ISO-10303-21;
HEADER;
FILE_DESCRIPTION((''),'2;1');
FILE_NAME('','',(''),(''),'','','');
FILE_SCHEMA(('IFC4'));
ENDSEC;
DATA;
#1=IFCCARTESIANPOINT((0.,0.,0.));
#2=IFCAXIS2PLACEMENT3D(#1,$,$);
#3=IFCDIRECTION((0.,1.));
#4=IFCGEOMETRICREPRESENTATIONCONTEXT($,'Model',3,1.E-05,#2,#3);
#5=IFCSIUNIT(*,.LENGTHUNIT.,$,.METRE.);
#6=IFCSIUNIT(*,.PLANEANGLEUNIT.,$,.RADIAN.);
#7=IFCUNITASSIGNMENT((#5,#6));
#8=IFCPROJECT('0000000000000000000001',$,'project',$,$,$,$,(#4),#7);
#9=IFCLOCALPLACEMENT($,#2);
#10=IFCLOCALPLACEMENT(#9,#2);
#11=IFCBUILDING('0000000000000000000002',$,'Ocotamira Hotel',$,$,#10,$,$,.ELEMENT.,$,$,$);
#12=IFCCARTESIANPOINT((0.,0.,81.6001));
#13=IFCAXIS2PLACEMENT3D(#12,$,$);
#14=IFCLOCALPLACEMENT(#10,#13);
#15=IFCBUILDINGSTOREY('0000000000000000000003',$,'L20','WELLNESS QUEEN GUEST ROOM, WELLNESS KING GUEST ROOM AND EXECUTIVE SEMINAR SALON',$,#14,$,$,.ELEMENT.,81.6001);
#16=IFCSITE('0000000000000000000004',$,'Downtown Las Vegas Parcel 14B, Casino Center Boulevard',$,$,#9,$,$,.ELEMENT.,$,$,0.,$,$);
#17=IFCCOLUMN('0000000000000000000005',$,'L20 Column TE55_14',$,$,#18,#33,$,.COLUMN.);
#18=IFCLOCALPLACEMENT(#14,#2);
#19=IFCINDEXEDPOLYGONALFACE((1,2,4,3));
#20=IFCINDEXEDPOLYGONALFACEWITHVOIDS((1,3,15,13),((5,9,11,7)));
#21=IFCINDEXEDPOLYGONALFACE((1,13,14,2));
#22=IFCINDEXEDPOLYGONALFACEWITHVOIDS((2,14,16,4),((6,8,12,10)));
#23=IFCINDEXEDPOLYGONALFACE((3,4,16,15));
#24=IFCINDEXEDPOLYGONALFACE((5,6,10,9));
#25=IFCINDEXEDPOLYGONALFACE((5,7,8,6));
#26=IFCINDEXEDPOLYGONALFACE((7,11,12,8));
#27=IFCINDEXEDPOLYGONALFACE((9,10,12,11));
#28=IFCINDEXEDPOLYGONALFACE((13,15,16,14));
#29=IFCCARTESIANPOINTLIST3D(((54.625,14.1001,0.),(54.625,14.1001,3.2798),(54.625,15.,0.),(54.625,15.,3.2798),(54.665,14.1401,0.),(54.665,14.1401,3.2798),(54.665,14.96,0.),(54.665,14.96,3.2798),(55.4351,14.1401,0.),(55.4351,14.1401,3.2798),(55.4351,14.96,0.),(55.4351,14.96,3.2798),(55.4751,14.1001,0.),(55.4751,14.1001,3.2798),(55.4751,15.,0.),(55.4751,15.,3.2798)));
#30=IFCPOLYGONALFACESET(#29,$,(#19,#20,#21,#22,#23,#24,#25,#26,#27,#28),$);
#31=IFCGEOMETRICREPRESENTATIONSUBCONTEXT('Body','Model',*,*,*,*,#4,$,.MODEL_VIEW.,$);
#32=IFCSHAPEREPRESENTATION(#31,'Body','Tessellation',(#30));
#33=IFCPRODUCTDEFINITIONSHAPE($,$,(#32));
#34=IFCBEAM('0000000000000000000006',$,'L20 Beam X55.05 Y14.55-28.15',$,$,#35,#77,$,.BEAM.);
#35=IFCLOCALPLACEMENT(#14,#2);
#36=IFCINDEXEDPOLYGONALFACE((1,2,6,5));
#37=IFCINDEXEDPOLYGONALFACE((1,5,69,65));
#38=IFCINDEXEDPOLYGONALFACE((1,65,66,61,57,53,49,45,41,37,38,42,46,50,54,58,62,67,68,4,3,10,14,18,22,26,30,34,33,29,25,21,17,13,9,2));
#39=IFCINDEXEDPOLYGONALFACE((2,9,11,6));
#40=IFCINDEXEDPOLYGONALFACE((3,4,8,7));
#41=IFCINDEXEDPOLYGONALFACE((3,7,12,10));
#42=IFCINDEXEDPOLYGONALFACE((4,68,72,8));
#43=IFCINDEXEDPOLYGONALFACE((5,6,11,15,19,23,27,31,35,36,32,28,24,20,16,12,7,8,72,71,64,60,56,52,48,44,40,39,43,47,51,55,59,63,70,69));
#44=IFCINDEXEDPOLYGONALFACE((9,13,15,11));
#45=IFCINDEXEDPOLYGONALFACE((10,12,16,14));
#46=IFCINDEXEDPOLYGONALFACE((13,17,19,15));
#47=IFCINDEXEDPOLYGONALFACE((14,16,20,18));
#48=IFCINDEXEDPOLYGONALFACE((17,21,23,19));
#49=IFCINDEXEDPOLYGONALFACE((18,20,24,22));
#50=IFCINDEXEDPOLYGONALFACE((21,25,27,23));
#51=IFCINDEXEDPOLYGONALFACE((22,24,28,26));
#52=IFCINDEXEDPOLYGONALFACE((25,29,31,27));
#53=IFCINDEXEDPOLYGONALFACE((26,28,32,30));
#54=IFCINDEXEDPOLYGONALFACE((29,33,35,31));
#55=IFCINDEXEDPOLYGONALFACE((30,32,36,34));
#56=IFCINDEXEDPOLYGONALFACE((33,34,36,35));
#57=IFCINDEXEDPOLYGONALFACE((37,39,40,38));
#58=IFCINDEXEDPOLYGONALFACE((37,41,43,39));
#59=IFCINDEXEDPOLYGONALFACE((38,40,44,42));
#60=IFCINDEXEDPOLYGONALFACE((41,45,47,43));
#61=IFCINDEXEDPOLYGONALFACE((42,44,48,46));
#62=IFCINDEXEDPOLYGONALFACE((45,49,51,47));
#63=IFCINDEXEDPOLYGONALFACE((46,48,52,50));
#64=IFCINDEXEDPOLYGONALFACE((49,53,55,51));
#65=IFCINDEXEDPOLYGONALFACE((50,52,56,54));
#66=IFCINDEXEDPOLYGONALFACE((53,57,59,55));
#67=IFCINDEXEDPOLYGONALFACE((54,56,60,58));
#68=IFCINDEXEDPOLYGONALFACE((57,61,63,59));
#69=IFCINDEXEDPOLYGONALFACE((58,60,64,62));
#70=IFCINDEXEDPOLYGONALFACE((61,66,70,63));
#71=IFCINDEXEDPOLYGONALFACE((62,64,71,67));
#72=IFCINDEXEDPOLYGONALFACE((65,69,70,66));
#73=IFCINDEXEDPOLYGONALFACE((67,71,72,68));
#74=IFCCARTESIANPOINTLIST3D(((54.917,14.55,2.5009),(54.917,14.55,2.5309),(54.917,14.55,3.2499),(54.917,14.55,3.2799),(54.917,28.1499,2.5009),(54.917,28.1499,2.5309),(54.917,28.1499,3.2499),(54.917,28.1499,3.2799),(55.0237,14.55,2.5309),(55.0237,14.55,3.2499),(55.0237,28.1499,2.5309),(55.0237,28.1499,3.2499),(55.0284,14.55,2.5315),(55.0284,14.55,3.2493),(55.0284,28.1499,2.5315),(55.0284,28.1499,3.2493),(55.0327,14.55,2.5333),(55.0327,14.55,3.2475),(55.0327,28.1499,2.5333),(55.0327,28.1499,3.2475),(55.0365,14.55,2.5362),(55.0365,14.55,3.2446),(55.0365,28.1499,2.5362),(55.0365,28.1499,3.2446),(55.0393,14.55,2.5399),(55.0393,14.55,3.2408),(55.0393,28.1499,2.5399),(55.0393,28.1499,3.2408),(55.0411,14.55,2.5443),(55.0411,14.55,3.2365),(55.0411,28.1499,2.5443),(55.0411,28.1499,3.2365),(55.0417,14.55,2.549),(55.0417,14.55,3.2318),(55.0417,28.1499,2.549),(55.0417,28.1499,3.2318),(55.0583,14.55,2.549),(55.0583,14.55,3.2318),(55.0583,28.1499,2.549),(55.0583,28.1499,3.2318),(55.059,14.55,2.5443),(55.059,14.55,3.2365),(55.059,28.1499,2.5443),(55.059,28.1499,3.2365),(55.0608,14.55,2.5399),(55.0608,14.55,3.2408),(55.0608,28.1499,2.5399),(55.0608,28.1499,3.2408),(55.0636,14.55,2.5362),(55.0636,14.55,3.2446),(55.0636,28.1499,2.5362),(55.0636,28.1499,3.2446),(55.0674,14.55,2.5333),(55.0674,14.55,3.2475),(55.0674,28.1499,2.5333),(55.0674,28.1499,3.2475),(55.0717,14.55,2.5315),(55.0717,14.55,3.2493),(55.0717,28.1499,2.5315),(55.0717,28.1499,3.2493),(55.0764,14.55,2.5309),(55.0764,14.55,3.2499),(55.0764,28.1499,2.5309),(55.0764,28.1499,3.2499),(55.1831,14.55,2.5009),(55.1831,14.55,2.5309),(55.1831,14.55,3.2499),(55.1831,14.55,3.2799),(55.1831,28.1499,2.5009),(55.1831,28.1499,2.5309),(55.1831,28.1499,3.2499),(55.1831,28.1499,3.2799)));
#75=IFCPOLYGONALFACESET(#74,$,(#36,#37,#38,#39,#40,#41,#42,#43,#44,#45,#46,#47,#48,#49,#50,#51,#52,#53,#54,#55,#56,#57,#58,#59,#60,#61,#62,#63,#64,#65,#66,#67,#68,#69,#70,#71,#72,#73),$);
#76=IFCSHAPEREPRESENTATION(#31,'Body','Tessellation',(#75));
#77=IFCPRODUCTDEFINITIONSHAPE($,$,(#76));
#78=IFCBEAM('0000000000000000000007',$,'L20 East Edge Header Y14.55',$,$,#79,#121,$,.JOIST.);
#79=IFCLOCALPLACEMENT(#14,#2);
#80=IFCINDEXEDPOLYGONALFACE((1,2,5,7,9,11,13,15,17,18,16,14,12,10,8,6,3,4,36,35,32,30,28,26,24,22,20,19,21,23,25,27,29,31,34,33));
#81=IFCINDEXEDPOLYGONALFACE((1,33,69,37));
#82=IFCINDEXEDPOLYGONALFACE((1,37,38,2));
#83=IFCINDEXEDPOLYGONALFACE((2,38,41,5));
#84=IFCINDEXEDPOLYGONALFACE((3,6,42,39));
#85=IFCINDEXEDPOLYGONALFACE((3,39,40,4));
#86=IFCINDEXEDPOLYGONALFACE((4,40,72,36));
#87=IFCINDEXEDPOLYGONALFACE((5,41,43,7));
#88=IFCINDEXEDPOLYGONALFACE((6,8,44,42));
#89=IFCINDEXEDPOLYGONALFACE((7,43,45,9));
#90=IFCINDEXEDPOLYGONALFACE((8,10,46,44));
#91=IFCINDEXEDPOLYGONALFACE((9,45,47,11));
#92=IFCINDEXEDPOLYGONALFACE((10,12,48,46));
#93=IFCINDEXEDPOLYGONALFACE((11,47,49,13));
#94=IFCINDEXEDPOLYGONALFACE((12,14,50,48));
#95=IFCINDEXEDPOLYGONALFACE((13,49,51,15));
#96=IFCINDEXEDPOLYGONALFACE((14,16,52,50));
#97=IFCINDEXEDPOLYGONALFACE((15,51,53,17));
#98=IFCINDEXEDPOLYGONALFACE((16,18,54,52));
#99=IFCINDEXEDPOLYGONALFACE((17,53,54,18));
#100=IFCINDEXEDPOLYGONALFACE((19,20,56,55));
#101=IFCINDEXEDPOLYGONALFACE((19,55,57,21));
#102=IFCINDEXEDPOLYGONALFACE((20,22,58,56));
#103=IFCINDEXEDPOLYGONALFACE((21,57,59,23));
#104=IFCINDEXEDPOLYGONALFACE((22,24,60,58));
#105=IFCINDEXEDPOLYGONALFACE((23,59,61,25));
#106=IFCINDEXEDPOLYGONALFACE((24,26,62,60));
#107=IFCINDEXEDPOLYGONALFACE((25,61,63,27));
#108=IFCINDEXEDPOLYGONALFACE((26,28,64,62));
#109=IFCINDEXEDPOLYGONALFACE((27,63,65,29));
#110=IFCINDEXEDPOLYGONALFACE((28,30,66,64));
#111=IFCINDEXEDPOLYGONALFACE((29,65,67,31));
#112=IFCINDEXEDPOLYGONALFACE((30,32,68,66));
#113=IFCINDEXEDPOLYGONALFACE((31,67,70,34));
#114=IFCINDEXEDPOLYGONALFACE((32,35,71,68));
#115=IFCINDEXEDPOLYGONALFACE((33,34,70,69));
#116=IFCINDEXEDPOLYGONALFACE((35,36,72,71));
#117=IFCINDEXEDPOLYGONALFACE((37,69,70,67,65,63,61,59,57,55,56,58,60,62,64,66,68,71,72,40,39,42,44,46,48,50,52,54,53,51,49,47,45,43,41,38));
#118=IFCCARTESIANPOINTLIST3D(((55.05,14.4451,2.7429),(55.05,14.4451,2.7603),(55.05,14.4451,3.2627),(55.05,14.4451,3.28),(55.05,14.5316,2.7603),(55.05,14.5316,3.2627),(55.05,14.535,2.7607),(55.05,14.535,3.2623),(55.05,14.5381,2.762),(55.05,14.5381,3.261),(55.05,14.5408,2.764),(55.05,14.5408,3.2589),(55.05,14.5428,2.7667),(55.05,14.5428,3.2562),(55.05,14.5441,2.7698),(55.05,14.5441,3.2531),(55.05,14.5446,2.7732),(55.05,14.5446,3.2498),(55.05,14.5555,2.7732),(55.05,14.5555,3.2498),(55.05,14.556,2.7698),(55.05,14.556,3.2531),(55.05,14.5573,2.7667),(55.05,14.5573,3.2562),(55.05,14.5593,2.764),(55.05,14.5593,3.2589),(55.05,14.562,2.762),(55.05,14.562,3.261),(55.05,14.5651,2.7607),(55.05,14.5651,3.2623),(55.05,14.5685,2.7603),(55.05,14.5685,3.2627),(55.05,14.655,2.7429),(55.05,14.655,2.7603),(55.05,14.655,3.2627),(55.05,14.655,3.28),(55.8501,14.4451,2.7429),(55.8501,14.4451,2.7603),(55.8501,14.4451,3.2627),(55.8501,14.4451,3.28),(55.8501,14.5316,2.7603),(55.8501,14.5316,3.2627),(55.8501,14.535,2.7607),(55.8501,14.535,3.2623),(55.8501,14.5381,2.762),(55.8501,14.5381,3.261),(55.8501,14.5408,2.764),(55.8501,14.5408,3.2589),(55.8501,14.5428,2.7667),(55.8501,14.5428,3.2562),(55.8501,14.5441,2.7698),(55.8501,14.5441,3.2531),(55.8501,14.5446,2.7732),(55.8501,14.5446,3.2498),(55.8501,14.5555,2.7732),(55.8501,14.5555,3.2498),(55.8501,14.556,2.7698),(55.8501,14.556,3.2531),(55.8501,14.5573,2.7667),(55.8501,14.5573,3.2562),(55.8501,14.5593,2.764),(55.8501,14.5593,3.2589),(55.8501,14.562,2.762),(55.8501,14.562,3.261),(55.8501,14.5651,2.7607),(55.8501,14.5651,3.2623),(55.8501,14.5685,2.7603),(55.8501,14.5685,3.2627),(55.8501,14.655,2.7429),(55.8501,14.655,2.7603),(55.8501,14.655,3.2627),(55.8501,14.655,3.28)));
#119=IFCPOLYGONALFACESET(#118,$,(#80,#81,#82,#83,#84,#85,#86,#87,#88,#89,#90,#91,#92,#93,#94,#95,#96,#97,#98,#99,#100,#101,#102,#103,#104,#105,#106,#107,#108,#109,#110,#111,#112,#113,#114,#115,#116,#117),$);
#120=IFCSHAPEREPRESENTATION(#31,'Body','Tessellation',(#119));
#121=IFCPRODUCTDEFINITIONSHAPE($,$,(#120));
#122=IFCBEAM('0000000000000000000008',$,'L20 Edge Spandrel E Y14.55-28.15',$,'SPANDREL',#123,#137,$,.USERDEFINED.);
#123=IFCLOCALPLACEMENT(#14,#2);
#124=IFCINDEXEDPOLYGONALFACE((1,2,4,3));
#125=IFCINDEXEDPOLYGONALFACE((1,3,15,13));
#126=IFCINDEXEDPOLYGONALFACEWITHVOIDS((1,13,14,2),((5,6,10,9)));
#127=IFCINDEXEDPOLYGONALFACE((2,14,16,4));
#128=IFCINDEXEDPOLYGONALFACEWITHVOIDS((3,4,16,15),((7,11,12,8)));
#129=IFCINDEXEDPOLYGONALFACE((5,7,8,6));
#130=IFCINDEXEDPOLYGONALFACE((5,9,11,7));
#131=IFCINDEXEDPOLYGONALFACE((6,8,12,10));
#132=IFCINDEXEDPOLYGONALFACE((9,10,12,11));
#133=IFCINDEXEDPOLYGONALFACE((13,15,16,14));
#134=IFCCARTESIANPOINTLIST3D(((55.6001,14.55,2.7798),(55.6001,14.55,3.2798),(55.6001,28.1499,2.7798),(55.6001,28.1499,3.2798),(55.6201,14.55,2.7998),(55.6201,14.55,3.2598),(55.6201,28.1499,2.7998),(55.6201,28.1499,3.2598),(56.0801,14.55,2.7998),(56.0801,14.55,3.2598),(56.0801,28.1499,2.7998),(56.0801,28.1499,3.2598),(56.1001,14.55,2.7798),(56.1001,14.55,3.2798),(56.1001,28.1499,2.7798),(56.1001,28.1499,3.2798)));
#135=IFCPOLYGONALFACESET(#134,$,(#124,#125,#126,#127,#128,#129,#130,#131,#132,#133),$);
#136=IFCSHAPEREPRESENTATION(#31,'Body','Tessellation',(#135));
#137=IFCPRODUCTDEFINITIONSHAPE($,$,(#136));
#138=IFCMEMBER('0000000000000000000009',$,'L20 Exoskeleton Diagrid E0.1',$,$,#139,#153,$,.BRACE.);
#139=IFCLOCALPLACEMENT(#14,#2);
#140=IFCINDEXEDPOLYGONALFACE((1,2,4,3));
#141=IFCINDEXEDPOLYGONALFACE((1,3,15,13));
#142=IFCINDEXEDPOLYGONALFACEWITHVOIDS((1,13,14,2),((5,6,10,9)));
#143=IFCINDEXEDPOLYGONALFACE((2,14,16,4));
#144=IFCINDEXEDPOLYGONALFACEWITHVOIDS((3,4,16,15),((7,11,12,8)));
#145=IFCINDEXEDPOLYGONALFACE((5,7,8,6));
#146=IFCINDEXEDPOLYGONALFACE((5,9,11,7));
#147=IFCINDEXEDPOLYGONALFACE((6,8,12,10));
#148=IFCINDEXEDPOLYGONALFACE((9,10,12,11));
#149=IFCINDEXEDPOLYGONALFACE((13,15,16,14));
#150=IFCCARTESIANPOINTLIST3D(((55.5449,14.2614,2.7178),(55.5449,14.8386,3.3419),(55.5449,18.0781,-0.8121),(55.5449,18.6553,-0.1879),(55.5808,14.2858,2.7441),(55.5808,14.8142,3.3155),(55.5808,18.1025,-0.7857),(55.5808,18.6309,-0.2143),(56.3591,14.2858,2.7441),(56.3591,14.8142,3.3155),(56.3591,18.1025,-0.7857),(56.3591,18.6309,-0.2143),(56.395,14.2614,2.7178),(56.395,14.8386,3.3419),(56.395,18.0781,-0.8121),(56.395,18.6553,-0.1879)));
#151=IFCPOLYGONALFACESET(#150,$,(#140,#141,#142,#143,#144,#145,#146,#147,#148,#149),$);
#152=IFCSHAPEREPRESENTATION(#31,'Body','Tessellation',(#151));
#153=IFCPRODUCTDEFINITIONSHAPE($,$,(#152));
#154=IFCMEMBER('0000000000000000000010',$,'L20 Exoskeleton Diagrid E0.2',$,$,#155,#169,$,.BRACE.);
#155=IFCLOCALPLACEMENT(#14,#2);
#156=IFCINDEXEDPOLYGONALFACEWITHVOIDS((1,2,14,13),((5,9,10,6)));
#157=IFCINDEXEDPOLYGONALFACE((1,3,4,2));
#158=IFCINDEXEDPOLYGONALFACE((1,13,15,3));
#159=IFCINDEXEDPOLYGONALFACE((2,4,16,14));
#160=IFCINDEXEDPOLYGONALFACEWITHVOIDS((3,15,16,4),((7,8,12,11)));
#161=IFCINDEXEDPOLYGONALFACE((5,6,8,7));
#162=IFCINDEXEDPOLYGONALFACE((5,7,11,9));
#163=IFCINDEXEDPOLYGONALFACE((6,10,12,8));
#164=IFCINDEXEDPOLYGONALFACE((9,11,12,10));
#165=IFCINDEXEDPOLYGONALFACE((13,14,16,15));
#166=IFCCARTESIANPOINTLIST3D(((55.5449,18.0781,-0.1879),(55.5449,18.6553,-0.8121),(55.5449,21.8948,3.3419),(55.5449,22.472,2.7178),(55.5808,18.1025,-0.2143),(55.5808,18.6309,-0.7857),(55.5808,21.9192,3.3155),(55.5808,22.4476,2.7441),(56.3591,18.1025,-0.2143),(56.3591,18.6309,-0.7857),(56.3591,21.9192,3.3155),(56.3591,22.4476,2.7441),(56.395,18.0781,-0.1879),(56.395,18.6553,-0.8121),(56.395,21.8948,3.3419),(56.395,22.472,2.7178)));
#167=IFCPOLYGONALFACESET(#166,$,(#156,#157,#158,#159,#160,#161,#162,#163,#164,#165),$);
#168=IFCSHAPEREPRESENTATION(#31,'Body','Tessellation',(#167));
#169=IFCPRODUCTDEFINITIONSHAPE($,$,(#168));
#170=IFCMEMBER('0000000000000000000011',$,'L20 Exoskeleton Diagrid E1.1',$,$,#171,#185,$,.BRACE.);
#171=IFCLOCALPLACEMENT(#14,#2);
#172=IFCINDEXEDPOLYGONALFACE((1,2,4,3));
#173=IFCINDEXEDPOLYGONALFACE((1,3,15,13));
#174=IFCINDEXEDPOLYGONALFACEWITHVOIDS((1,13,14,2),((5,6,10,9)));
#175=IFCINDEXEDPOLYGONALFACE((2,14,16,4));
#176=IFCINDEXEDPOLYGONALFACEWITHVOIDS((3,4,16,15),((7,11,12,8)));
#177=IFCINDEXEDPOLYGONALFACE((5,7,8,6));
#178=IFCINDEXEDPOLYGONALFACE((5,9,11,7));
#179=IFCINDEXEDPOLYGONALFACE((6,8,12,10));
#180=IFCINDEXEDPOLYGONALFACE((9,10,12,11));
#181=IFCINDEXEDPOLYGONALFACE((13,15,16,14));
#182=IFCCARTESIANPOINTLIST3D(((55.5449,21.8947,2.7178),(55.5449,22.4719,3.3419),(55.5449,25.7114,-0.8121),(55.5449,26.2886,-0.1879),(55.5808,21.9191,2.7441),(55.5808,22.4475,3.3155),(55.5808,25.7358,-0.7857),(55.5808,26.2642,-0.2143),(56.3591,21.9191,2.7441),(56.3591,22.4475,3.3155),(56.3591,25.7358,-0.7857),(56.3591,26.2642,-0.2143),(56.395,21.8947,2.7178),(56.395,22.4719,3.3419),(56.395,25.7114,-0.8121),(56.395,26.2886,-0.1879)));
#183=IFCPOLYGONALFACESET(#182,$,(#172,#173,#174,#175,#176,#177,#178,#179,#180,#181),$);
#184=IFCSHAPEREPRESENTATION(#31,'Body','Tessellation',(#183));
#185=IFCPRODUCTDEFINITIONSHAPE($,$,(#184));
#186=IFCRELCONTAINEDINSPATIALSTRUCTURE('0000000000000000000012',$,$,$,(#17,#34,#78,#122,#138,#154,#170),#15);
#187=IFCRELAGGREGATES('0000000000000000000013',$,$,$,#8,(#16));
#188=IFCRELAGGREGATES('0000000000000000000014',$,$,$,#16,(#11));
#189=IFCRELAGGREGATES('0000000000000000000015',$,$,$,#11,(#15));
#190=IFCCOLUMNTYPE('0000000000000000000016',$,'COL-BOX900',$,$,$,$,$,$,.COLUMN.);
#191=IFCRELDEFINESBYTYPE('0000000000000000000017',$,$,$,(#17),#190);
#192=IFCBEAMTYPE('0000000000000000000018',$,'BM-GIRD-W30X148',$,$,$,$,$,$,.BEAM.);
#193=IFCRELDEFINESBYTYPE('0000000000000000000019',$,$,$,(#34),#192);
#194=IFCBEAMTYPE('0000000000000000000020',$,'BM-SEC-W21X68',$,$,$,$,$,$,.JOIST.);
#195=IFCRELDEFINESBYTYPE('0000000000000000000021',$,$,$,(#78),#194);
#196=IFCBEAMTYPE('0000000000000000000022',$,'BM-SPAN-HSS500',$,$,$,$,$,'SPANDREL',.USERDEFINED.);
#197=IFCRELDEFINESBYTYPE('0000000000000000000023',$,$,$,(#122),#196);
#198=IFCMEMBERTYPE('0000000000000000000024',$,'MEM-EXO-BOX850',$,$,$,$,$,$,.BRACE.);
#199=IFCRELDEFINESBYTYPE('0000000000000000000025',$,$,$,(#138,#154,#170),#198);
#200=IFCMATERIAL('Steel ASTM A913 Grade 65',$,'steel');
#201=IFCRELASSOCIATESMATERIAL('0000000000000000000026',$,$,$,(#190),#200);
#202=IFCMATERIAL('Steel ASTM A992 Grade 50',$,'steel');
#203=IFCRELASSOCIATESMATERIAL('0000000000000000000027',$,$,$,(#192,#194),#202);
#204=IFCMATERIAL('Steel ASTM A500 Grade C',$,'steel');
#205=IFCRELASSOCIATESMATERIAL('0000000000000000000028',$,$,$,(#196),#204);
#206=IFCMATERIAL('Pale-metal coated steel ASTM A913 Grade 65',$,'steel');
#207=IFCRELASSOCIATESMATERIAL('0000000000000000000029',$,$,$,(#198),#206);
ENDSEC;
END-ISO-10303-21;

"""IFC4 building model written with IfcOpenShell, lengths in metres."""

from ifc_helpers import new_model, si_unit, direction, frame, origin, origin_2d, place, context, subcontext, project, spatial, hollow_rectangle, i_section, extrude, source, transform, mapped, material, material_profile, profile_set, type_object, element, save


model = new_model("IFC4")

# Units and contexts
model_context = context("Model", 3, precision=1e-05, world=origin(), true_north=direction((0.0, 1.0)))
body_context = subcontext(model_context, "Body", "Model", "MODEL_VIEW")
ifc_project = project(units=[si_unit("LENGTHUNIT", "METRE"), si_unit("PLANEANGLEUNIT", "RADIAN")], contexts=[model_context])

# Site, building, storey
site_placement = place(None, origin())
site = spatial("IfcSite", under=ifc_project, at=site_placement, Name="Downtown Las Vegas Parcel 14B, Casino Center Boulevard", CompositionType="ELEMENT", RefElevation=0.0)
building_placement = place(site_placement, origin())
building = spatial("IfcBuilding", under=site, at=building_placement, Name="Ocotamira Hotel", CompositionType="ELEMENT")
storey_placement = place(building_placement, frame((0.0, 0.0, 81.6001)))
storey = spatial("IfcBuildingStorey", under=building, at=storey_placement, Name="L20", Description="WELLNESS QUEEN GUEST ROOM, WELLNESS KING GUEST ROOM AND EXECUTIVE SEMINAR SALON", CompositionType="ELEMENT", Elevation=81.6001)

# Column
ifc_material_1 = material(Name="Steel ASTM A913 Grade 65", Category="steel")
ifc_material_profile_1 = material_profile(ifc_material_1, hollow_rectangle(XDim=0.8501, YDim=0.8999, WallThickness=0.04, at=origin_2d()), Name="BOX900X850X40")
ifc_profile_set_1 = profile_set([ifc_material_profile_1], Name="Steel ASTM A913 Grade 65")
column_type = type_object("IfcColumnType", Name="COL-BOX900", PredefinedType="COLUMN", material=ifc_profile_set_1)
shared_shape_1 = source(origin(), body_context, "Body", "SweptSolid", [
    extrude(hollow_rectangle(XDim=0.8501, YDim=0.8999, WallThickness=0.04, at=origin_2d()), origin(), (0.0, 0.0, 1.0), 3.2798),
])
column_placement = place(storey_placement, frame((55.05, 14.55, 0.0), z_axis=(0.0, 0.0, 1.0), x_axis=(1.0, 0.0, 0.0)))
element("IfcColumn", 1, at=column_placement, inside=storey, type_object=column_type, Name="L20 Column TE55_14", PredefinedType="COLUMN", context=body_context, shape_type="MappedRepresentation", body=[
    mapped(shared_shape_1, transform((0.0, 0.0, 0.0), scale=1.0)),
])

# Beams
ifc_material_2 = material(Name="Steel ASTM A992 Grade 50", Category="steel")
ifc_material_profile_2 = material_profile(ifc_material_2, i_section(OverallWidth=0.2661, OverallDepth=0.7791, WebThickness=0.0166, FlangeThickness=0.03, FilletRadius=0.0181, at=origin_2d()), Name="W30X148")
ifc_profile_set_2 = profile_set([ifc_material_profile_2], Name="Steel ASTM A992 Grade 50")
beam_type_1 = type_object("IfcBeamType", Name="BM-GIRD-W30X148", PredefinedType="BEAM", material=ifc_profile_set_2)
shared_shape_2 = source(origin(), body_context, "Body", "SweptSolid", [
    extrude(i_section(OverallWidth=0.2661, OverallDepth=0.7791, WebThickness=0.0166, FlangeThickness=0.03, FilletRadius=0.0181, at=origin_2d()), origin(), (0.0, 0.0, 1.0), 13.5999),
])
beam_1_placement = place(storey_placement, frame((55.05, 14.55, 2.8904), z_axis=(0.0, 1.0, 0.0), x_axis=(-1.0, 0.0, 0.0)))
element("IfcBeam", 2, at=beam_1_placement, inside=storey, type_object=beam_type_1, Name="L20 Beam X55.05 Y14.55-28.15", PredefinedType="BEAM", context=body_context, shape_type="MappedRepresentation", body=[
    mapped(shared_shape_2, transform((0.0, 0.0, 0.0), scale=1.0)),
])
ifc_material_profile_3 = material_profile(ifc_material_2, i_section(OverallWidth=0.21, OverallDepth=0.5371, WebThickness=0.011, FlangeThickness=0.0173, FilletRadius=0.0129, at=origin_2d()), Name="W21X68")
ifc_profile_set_3 = profile_set([ifc_material_profile_3], Name="Steel ASTM A992 Grade 50")
beam_type_2 = type_object("IfcBeamType", Name="BM-SEC-W21X68", PredefinedType="JOIST", material=ifc_profile_set_3)
shared_shape_3 = source(origin(), body_context, "Body", "SweptSolid", [
    extrude(i_section(OverallWidth=0.21, OverallDepth=0.5371, WebThickness=0.011, FlangeThickness=0.0173, FilletRadius=0.0129, at=origin_2d()), origin(), (0.0, 0.0, 1.0), 0.8),
])
beam_2_placement = place(storey_placement, frame((55.05, 14.55, 3.0115), z_axis=(1.0, 0.0, 0.0), x_axis=(0.0, 1.0, 0.0)))
element("IfcBeam", 3, at=beam_2_placement, inside=storey, type_object=beam_type_2, Name="L20 East Edge Header Y14.55", PredefinedType="JOIST", context=body_context, shape_type="MappedRepresentation", body=[
    mapped(shared_shape_3, transform((0.0, 0.0, 0.0), scale=1.0)),
])
ifc_material_3 = material(Name="Steel ASTM A500 Grade C", Category="steel")
ifc_material_profile_4 = material_profile(ifc_material_3, hollow_rectangle(XDim=0.5, YDim=0.5, WallThickness=0.02, at=origin_2d()), Name="HSS500X500X20")
ifc_profile_set_4 = profile_set([ifc_material_profile_4], Name="Steel ASTM A500 Grade C")
beam_type_3 = type_object("IfcBeamType", Name="BM-SPAN-HSS500", ElementType="SPANDREL", PredefinedType="USERDEFINED", material=ifc_profile_set_4)
shared_shape_4 = source(origin(), body_context, "Body", "SweptSolid", [
    extrude(hollow_rectangle(XDim=0.5, YDim=0.5, WallThickness=0.02, at=origin_2d()), origin(), (0.0, 0.0, 1.0), 13.5999),
])
beam_3_placement = place(storey_placement, frame((55.8501, 14.55, 3.0298), z_axis=(0.0, 1.0, 0.0), x_axis=(-1.0, 0.0, 0.0)))
element("IfcBeam", 4, at=beam_3_placement, inside=storey, type_object=beam_type_3, Name="L20 Edge Spandrel E Y14.55-28.15", ObjectType="SPANDREL", PredefinedType="USERDEFINED", context=body_context, shape_type="MappedRepresentation", body=[
    mapped(shared_shape_4, transform((0.0, 0.0, 0.0), scale=1.0)),
])

# Members
ifc_material_4 = material(Name="Pale-metal coated steel ASTM A913 Grade 65", Category="steel")
ifc_material_profile_5 = material_profile(ifc_material_4, hollow_rectangle(XDim=0.8501, YDim=0.8501, WallThickness=0.0359, at=origin_2d()), Name="BOX850X850X36")
ifc_profile_set_5 = profile_set([ifc_material_profile_5], Name="Pale-metal coated steel ASTM A913 Grade 65")
member_type_1 = type_object("IfcMemberType", Name="MEM-EXO-BOX850", PredefinedType="BRACE", material=ifc_profile_set_5)
shared_shape_5 = source(origin(), body_context, "Body", "SweptSolid", [
    extrude(hollow_rectangle(XDim=0.8501, YDim=0.8501, WallThickness=0.0359, at=origin_2d()), origin(), (0.0, 0.0, 1.0), 5.1987),
])
for number, where, z_axis, x_axis, name in (
    (5, (55.97, 18.3667, -0.5), (0.0, -0.734159, 0.678978), (1.0, 0.0, 0.0), "L20 Exoskeleton Diagrid E0.1"),
    (6, (55.97, 18.3667, -0.5), (0.0, 0.734159, 0.678978), (-1.0, 0.0, 0.0), "L20 Exoskeleton Diagrid E0.2"),
    (7, (55.97, 26.0, -0.5), (0.0, -0.734159, 0.678978), (1.0, 0.0, 0.0), "L20 Exoskeleton Diagrid E1.1"),
):
    element("IfcMember", number, at=place(storey_placement, frame(where, z_axis=z_axis, x_axis=x_axis)), inside=storey, type_object=member_type_1, Name=name, PredefinedType="BRACE", context=body_context, shape_type="MappedRepresentation", body=[
        mapped(shared_shape_5, transform((0.0, 0.0, 0.0), scale=1.0)),
    ])

save(model, "model.ifc")
